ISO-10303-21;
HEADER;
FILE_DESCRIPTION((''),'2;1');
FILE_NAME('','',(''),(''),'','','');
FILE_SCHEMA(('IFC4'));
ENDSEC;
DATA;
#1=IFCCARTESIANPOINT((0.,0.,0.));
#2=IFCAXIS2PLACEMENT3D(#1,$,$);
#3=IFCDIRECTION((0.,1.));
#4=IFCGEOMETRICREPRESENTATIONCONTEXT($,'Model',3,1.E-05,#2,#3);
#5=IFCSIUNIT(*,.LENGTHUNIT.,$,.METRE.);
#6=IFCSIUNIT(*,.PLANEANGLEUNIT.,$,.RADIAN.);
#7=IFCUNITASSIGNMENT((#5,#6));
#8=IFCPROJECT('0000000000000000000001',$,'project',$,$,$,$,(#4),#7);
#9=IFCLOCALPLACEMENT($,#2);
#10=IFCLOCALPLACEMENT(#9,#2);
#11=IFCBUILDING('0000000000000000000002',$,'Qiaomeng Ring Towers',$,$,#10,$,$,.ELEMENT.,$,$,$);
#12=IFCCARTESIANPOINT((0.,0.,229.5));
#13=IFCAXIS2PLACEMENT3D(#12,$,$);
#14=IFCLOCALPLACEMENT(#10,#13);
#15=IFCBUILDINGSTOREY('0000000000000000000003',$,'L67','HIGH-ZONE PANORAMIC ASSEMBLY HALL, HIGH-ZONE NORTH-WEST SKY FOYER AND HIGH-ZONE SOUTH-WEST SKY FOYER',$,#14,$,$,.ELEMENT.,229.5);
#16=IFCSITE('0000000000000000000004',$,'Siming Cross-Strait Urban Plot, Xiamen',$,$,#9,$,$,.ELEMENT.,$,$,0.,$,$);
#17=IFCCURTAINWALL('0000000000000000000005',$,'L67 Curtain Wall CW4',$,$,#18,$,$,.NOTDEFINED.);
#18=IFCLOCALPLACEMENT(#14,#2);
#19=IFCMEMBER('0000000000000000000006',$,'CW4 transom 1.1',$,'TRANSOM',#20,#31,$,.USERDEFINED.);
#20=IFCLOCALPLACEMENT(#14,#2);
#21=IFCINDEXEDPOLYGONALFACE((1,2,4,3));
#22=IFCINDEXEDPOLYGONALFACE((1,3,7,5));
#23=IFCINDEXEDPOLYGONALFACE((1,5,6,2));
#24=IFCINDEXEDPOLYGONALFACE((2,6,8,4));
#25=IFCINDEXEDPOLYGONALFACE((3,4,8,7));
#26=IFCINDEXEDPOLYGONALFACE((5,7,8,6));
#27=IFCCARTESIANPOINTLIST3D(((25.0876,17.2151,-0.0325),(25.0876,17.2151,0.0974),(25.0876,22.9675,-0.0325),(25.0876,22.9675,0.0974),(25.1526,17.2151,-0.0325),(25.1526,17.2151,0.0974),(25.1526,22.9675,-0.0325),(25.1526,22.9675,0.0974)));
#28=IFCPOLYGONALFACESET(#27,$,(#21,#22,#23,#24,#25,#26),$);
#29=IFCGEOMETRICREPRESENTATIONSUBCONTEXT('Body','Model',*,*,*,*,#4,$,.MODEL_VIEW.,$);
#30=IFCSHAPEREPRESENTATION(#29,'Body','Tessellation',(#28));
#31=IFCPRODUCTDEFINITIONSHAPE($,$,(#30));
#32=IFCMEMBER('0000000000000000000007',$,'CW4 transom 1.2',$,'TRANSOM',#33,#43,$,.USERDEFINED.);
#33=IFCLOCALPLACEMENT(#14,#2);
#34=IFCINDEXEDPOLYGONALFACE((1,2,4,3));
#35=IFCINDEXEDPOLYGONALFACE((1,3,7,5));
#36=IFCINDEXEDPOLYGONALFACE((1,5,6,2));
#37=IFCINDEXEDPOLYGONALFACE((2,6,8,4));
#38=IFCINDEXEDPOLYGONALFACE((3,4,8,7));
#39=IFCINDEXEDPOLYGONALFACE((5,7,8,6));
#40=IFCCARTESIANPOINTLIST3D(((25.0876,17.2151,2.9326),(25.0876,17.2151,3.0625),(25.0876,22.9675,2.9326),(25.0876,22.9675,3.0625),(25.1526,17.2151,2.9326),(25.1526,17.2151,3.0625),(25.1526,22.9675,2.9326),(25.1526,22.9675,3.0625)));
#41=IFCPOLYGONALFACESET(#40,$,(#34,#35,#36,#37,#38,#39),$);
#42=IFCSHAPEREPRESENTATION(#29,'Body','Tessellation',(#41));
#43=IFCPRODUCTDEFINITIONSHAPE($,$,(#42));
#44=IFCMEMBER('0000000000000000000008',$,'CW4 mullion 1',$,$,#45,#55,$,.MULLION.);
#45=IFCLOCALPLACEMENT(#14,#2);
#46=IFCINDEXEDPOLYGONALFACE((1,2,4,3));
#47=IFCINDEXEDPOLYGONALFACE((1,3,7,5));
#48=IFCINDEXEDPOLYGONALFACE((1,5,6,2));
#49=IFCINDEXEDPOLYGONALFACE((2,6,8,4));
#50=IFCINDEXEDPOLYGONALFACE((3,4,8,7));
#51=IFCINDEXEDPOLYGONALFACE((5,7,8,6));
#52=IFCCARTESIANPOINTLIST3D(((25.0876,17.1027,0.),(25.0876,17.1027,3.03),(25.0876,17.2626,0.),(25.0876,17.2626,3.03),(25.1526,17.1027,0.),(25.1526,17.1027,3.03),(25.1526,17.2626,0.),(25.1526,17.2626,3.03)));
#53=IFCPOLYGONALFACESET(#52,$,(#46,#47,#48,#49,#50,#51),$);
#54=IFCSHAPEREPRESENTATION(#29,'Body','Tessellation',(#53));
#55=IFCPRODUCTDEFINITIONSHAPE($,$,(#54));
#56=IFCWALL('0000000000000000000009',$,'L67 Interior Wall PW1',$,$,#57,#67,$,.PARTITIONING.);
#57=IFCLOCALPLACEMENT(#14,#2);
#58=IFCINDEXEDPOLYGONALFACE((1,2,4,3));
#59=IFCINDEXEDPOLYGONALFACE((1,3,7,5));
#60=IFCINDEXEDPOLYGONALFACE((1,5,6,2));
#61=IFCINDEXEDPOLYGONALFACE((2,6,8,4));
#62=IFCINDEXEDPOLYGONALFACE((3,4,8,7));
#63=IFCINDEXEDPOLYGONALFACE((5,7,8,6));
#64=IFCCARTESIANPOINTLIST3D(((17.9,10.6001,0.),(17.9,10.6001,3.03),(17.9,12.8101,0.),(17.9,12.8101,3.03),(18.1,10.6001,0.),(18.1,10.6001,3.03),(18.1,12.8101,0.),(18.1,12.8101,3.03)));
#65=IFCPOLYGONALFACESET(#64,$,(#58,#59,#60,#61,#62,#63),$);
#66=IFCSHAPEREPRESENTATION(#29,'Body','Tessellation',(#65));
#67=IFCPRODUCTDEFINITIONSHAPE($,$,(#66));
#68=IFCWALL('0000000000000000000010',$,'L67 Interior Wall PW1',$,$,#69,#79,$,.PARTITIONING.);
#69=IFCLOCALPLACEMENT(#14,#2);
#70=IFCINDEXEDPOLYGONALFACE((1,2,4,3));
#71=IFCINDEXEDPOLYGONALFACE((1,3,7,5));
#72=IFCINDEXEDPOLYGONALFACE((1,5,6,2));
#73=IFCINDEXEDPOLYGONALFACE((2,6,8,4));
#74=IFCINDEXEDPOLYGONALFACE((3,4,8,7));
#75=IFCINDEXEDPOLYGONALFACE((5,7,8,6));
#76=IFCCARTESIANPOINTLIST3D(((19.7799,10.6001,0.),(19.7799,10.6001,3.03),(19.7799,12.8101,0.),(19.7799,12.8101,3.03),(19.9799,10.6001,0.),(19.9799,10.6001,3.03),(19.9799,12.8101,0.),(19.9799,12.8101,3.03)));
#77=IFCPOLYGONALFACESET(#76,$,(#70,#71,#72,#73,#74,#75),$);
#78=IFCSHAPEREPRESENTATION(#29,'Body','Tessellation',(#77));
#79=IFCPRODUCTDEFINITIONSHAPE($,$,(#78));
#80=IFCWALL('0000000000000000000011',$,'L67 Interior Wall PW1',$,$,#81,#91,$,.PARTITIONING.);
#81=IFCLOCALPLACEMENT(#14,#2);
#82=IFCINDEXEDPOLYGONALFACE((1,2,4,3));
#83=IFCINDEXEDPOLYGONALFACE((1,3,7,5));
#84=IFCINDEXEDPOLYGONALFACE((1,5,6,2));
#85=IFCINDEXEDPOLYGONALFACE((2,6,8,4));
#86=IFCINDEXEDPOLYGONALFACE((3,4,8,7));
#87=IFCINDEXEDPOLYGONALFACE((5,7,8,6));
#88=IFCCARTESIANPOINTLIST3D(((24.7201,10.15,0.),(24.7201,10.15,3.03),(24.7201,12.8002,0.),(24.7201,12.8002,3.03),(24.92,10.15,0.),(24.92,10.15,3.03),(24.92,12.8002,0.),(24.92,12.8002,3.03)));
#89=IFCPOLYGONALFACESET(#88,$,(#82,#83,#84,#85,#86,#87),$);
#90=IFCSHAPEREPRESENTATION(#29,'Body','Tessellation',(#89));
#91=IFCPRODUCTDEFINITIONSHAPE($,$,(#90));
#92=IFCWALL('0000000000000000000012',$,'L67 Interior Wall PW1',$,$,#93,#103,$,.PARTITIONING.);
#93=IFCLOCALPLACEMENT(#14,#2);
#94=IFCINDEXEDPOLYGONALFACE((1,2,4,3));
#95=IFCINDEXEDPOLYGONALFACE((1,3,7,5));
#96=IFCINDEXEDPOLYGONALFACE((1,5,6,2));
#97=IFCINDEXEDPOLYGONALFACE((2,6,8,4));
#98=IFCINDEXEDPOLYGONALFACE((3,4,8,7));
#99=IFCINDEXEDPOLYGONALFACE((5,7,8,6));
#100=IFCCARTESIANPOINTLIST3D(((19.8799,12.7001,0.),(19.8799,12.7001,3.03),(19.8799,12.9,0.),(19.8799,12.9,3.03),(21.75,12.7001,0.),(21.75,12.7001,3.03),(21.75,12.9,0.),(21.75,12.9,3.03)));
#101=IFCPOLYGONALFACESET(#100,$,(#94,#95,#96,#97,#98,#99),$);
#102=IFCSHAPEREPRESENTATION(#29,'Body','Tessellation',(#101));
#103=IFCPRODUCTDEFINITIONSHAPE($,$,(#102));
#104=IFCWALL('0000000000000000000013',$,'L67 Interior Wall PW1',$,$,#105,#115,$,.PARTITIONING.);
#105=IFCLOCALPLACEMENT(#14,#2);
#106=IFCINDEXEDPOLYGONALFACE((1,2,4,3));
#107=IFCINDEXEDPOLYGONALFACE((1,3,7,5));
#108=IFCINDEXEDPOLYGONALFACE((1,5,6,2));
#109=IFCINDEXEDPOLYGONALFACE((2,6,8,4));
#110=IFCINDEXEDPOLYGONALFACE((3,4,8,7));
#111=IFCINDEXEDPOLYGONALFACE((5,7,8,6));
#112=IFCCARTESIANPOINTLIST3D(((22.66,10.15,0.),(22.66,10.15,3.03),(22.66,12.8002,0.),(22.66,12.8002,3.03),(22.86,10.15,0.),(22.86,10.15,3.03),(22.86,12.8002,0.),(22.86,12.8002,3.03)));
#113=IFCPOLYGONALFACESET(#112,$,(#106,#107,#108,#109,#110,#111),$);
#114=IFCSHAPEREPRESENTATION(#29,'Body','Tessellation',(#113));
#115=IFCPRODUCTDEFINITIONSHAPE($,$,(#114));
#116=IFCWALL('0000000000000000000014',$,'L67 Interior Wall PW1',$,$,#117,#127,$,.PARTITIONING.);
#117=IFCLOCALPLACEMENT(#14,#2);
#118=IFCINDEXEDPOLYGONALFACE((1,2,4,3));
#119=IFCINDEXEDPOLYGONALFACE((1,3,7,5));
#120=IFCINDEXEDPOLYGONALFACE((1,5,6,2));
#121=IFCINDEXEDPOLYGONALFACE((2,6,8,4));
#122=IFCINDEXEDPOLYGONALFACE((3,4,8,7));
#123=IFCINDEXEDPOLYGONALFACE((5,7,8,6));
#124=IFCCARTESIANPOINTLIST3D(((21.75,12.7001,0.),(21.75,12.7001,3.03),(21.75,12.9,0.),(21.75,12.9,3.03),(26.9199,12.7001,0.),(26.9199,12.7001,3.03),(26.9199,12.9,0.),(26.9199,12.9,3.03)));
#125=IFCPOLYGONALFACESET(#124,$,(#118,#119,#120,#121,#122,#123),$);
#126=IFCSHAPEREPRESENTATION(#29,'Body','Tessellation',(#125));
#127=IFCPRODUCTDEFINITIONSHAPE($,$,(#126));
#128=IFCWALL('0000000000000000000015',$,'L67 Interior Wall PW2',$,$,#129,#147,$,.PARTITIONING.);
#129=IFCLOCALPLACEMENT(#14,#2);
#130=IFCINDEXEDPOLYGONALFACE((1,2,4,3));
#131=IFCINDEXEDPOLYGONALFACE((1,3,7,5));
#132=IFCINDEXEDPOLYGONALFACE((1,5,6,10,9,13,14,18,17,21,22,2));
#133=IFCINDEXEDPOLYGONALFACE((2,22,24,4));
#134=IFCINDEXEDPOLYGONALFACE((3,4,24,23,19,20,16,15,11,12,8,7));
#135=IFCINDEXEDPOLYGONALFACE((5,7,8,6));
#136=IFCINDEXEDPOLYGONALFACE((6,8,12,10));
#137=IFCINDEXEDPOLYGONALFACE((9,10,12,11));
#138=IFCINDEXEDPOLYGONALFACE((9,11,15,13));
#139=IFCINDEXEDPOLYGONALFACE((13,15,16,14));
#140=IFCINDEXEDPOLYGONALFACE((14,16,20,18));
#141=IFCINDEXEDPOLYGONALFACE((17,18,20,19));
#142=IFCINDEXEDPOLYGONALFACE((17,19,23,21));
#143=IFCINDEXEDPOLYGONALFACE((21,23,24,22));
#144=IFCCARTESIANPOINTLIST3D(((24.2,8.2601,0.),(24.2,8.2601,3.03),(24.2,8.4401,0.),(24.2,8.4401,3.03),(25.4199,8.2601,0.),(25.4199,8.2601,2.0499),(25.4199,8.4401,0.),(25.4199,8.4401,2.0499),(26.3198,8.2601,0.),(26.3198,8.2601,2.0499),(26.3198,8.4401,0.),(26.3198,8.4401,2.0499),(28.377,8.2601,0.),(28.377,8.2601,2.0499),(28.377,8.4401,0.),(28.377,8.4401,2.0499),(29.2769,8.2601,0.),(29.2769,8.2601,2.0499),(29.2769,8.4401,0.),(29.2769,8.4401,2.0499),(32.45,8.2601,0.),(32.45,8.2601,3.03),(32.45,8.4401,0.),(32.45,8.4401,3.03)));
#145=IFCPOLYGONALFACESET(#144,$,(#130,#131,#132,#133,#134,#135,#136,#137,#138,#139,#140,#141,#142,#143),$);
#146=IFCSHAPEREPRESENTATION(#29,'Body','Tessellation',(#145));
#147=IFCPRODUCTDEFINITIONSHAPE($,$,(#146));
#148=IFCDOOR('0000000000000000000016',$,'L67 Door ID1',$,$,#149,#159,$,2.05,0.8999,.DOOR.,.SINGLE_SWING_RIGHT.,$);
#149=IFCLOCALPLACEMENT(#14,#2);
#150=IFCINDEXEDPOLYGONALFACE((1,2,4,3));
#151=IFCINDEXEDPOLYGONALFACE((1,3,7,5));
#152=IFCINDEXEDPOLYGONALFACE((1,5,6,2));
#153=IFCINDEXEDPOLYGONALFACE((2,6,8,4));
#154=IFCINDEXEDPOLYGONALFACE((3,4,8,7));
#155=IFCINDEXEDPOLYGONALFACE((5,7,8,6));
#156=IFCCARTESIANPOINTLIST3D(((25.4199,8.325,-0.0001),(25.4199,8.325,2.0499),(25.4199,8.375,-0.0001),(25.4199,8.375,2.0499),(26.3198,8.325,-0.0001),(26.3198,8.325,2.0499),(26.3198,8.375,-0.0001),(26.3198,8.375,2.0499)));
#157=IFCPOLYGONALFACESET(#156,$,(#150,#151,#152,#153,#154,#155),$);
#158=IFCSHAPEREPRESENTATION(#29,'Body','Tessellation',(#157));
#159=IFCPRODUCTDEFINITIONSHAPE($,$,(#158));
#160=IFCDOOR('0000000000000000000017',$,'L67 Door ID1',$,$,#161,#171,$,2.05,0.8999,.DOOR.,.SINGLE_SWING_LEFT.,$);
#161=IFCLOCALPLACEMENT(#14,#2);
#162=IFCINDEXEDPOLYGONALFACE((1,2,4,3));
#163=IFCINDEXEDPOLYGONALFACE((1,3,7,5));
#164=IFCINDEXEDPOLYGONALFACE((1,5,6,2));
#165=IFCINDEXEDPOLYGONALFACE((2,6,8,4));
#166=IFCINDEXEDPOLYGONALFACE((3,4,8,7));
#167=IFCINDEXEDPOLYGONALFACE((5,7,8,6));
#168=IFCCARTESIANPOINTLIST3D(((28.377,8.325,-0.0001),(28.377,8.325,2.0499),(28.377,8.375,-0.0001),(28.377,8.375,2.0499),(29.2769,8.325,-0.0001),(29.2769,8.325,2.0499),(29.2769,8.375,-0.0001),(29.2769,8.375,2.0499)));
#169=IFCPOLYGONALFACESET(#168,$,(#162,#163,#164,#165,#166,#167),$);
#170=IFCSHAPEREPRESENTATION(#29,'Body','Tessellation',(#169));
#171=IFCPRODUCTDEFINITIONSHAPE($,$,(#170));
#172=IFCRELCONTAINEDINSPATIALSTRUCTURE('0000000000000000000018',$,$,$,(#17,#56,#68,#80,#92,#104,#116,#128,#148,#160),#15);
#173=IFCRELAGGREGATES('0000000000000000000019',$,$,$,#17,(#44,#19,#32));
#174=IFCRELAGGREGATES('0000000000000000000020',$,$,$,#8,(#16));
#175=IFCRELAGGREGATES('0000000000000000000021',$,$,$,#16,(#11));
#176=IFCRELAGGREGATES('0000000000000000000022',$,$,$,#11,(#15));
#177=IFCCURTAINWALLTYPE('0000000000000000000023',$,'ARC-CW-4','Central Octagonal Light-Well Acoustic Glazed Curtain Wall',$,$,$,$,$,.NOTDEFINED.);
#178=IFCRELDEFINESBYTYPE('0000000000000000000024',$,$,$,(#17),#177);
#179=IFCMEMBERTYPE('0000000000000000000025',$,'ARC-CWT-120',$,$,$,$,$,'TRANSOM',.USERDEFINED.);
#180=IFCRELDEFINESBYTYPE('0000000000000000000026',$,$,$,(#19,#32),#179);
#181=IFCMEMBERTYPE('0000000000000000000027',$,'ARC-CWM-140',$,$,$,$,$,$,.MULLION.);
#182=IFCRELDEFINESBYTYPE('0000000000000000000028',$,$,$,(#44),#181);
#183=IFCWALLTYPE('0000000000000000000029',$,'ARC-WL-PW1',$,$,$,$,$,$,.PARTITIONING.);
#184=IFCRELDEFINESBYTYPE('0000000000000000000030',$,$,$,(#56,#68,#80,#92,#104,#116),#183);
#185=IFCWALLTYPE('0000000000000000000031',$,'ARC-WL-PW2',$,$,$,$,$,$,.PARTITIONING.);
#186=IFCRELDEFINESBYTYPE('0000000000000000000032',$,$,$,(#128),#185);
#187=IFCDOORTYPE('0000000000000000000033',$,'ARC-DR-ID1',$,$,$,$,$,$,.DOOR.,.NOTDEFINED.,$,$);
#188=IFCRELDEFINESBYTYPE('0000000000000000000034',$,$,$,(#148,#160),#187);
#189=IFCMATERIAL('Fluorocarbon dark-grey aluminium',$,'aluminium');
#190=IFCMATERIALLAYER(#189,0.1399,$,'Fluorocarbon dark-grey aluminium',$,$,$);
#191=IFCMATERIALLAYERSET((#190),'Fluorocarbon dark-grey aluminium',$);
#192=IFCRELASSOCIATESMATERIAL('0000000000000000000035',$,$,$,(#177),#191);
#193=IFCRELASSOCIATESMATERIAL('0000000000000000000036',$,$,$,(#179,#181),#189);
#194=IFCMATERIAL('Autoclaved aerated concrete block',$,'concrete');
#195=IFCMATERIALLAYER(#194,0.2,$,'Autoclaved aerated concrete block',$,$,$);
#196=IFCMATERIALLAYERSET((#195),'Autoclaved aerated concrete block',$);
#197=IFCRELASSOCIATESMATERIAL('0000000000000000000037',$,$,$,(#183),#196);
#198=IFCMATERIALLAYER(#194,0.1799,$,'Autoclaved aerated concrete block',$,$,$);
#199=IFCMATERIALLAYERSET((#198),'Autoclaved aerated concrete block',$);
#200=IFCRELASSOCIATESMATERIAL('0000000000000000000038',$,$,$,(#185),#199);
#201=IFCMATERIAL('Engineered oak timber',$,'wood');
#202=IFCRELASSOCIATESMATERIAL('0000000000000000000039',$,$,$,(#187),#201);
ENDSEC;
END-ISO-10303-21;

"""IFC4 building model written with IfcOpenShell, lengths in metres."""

from ifc_helpers import new_model, si_unit, direction, frame, frame_2d, origin, origin_2d, place, context, subcontext, project, spatial, rectangle, extrude, source, transform, mapped, material, layer, layer_set, material_profile, profile_set, type_object, element, fill, aggregate, save


model = new_model("IFC4")

# Units and contexts
model_context = context("Model", 3, precision=1e-05, world=origin(), true_north=direction((0.0, 1.0)))
body_context = subcontext(model_context, "Body", "Model", "MODEL_VIEW")
ifc_project = project(units=[si_unit("LENGTHUNIT", "METRE"), si_unit("PLANEANGLEUNIT", "RADIAN")], contexts=[model_context])

# Site, building, storey
site_placement = place(None, origin())
site = spatial("IfcSite", under=ifc_project, at=site_placement, Name="Siming Cross-Strait Urban Plot, Xiamen", CompositionType="ELEMENT", RefElevation=0.0)
building_placement = place(site_placement, origin())
building = spatial("IfcBuilding", under=site, at=building_placement, Name="Qiaomeng Ring Towers", CompositionType="ELEMENT")
storey_placement = place(building_placement, frame((0.0, 0.0, 229.5)))
storey = spatial("IfcBuildingStorey", under=building, at=storey_placement, Name="L67", Description="HIGH-ZONE PANORAMIC ASSEMBLY HALL, HIGH-ZONE NORTH-WEST SKY FOYER AND HIGH-ZONE SOUTH-WEST SKY FOYER", CompositionType="ELEMENT", Elevation=229.5)

# Curtain wall, members
ifc_material_1 = material(Name="Fluorocarbon dark-grey aluminium", Category="aluminium")
ifc_layer_1 = layer(ifc_material_1, 0.1399, Name="Fluorocarbon dark-grey aluminium")
ifc_layer_set_1 = layer_set([ifc_layer_1], Name="Fluorocarbon dark-grey aluminium")
curtain_wall_type = type_object("IfcCurtainWallType", Name="ARC-CW-4", Description="Central Octagonal Light-Well Acoustic Glazed Curtain Wall", PredefinedType="NOTDEFINED", material=ifc_layer_set_1)
curtain_wall_placement = place(storey_placement, origin())
curtain_wall = element("IfcCurtainWall", 1, at=curtain_wall_placement, inside=storey, type_object=curtain_wall_type, Name="L67 Curtain Wall CW4", PredefinedType="NOTDEFINED")
ifc_material_profile_1 = material_profile(ifc_material_1, rectangle(XDim=0.0649, YDim=0.1299, at=origin_2d()), Name="ALU TRAN 65x130")
ifc_profile_set_1 = profile_set([ifc_material_profile_1], Name="Fluorocarbon dark-grey aluminium")
member_type_1 = type_object("IfcMemberType", Name="ARC-CWT-120", ElementType="TRANSOM", PredefinedType="USERDEFINED", material=ifc_profile_set_1)
shared_shape_1 = source(origin(), body_context, "Body", "SweptSolid", [
    extrude(rectangle(XDim=0.0649, YDim=0.1299, at=origin_2d()), origin(), (0.0, 0.0, 1.0), 5.7524),
])
member_1_placement = place(storey_placement, frame((25.1201, 17.2151, 0.0325), z_axis=(0.0, 1.0, 0.0), x_axis=(-1.0, 0.0, 0.0)))
member_1 = element("IfcMember", 2, at=member_1_placement, type_object=member_type_1, Name="CW4 transom 1.1", ObjectType="TRANSOM", PredefinedType="USERDEFINED", context=body_context, shape_type="MappedRepresentation", body=[
    mapped(shared_shape_1, transform((0.0, 0.0, 0.0), x_axis=(1.0, 0.0, 0.0), y_axis=(0.0, 1.0, 0.0), z_axis=(0.0, 0.0, 1.0), scale=1.0)),
])
member_2_placement = place(storey_placement, frame((25.1201, 17.2151, 2.9976), z_axis=(0.0, 1.0, 0.0), x_axis=(-1.0, 0.0, 0.0)))
member_2 = element("IfcMember", 3, at=member_2_placement, type_object=member_type_1, Name="CW4 transom 1.2", ObjectType="TRANSOM", PredefinedType="USERDEFINED", context=body_context, shape_type="MappedRepresentation", body=[
    mapped(shared_shape_1, transform((0.0, 0.0, 0.0), x_axis=(1.0, 0.0, 0.0), y_axis=(0.0, 1.0, 0.0), z_axis=(0.0, 0.0, 1.0), scale=1.0)),
])
ifc_material_profile_2 = material_profile(ifc_material_1, rectangle(XDim=0.0649, YDim=0.1599, at=origin_2d()), Name="ALU MULL 65x160")
ifc_profile_set_2 = profile_set([ifc_material_profile_2], Name="Fluorocarbon dark-grey aluminium")
member_type_2 = type_object("IfcMemberType", Name="ARC-CWM-140", PredefinedType="MULLION", material=ifc_profile_set_2)
shared_shape_2 = source(origin(), body_context, "Body", "SweptSolid", [
    extrude(rectangle(XDim=0.0649, YDim=0.1599, at=origin_2d()), origin(), (0.0, 0.0, 1.0), 3.03),
])
member_3_placement = place(storey_placement, frame((25.1201, 17.1826, 0.0), z_axis=(0.0, 0.0, 1.0), x_axis=(-1.0, 0.0, 0.0)))
member_3 = element("IfcMember", 4, at=member_3_placement, type_object=member_type_2, Name="CW4 mullion 1", PredefinedType="MULLION", context=body_context, shape_type="MappedRepresentation", body=[
    mapped(shared_shape_2, transform((0.0, 0.0, 0.0), x_axis=(1.0, 0.0, 0.0), y_axis=(0.0, 1.0, 0.0), z_axis=(0.0, 0.0, 1.0), scale=1.0)),
])
aggregate(curtain_wall, [member_3, member_1, member_2])

# Walls
ifc_material_2 = material(Name="Autoclaved aerated concrete block", Category="concrete")
ifc_layer_2 = layer(ifc_material_2, 0.2, Name="Autoclaved aerated concrete block")
ifc_layer_set_2 = layer_set([ifc_layer_2], Name="Autoclaved aerated concrete block")
wall_type_1 = type_object("IfcWallType", Name="ARC-WL-PW1", PredefinedType="PARTITIONING", material=ifc_layer_set_2)
for number, where, z_axis, x_axis, name in (
    (5, (18.0, 10.6001, 0.0), (0.0, 0.0, 1.0), (0.0, 1.0, 0.0), "L67 Interior Wall PW1"),
    (6, (19.8799, 10.6001, 0.0), (0.0, 0.0, 1.0), (0.0, 1.0, 0.0), "L67 Interior Wall PW1"),
):
    element("IfcWall", number, at=place(storey_placement, frame(where, z_axis=z_axis, x_axis=x_axis)), inside=storey, type_object=wall_type_1, Name=name, PredefinedType="PARTITIONING", context=body_context, shape_type="SweptSolid", body=[
        extrude(rectangle(XDim=2.21, YDim=0.2, at=frame_2d((1.105, 0.0))), origin(), (0.0, 0.0, 1.0), 3.03),
    ])
wall_1_placement = place(storey_placement, frame((24.8201, 10.1499, 0.0), z_axis=(0.0, 0.0, 1.0), x_axis=(0.0, 1.0, 0.0)))
element("IfcWall", 7, at=wall_1_placement, inside=storey, type_object=wall_type_1, Name="L67 Interior Wall PW1", PredefinedType="PARTITIONING", context=body_context, shape_type="SweptSolid", body=[
    extrude(rectangle(XDim=2.6501, YDim=0.2, at=frame_2d((1.3252, 0.0))), origin(), (0.0, 0.0, 1.0), 3.03),
])
wall_2_placement = place(storey_placement, frame((19.8799, 12.8, 0.0), z_axis=(0.0, 0.0, 1.0), x_axis=(1.0, 0.0, 0.0)))
element("IfcWall", 8, at=wall_2_placement, inside=storey, type_object=wall_type_1, Name="L67 Interior Wall PW1", PredefinedType="PARTITIONING", context=body_context, shape_type="SweptSolid", body=[
    extrude(rectangle(XDim=1.8701, YDim=0.2, at=frame_2d((0.9351, 0.0))), origin(), (0.0, 0.0, 1.0), 3.03),
])
wall_3_placement = place(storey_placement, frame((22.76, 10.1499, 0.0), z_axis=(0.0, 0.0, 1.0), x_axis=(0.0, 1.0, 0.0)))
element("IfcWall", 9, at=wall_3_placement, inside=storey, type_object=wall_type_1, Name="L67 Interior Wall PW1", PredefinedType="PARTITIONING", context=body_context, shape_type="SweptSolid", body=[
    extrude(rectangle(XDim=2.6501, YDim=0.2, at=frame_2d((1.3252, 0.0))), origin(), (0.0, 0.0, 1.0), 3.03),
])
wall_4_placement = place(storey_placement, frame((21.75, 12.8, 0.0), z_axis=(0.0, 0.0, 1.0), x_axis=(1.0, 0.0, 0.0)))
element("IfcWall", 10, at=wall_4_placement, inside=storey, type_object=wall_type_1, Name="L67 Interior Wall PW1", PredefinedType="PARTITIONING", context=body_context, shape_type="SweptSolid", body=[
    extrude(rectangle(XDim=5.1699, YDim=0.2, at=frame_2d((2.585, 0.0))), origin(), (0.0, 0.0, 1.0), 3.03),
])

# Wall, openings, doors
ifc_layer_3 = layer(ifc_material_2, 0.1799, Name="Autoclaved aerated concrete block")
ifc_layer_set_3 = layer_set([ifc_layer_3], Name="Autoclaved aerated concrete block")
wall_type_2 = type_object("IfcWallType", Name="ARC-WL-PW2", PredefinedType="PARTITIONING", material=ifc_layer_set_3)
wall_5_placement = place(storey_placement, frame((24.2, 8.3501, 0.0), z_axis=(0.0, 0.0, 1.0), x_axis=(1.0, 0.0, 0.0)))
wall_5 = element("IfcWall", 11, at=wall_5_placement, inside=storey, type_object=wall_type_2, Name="L67 Interior Wall PW2", PredefinedType="PARTITIONING", context=body_context, shape_type="SweptSolid", body=[
    extrude(rectangle(XDim=8.25, YDim=0.1799, at=frame_2d((4.125, 0.0))), origin(), (0.0, 0.0, 1.0), 3.03),
])
opening_1_placement = place(wall_5_placement, frame((1.22, 0.0, 0.0)))
opening_1 = element("IfcOpeningElement", 12, at=opening_1_placement, cuts=wall_5, PredefinedType="OPENING", context=body_context, shape_type="SweptSolid", body=[
    extrude(rectangle(XDim=0.8999, YDim=2.05, at=frame_2d((0.45, 1.0249))), frame((0.0, 0.0999, 0.0), z_axis=(0.0, -1.0, 0.0), x_axis=(1.0, 0.0, 0.0)), (0.0, 0.0, 1.0), 0.2),
])
opening_2_placement = place(wall_5_placement, frame((4.177, 0.0, 0.0)))
opening_2 = element("IfcOpeningElement", 13, at=opening_2_placement, cuts=wall_5, PredefinedType="OPENING", context=body_context, shape_type="SweptSolid", body=[
    extrude(rectangle(XDim=0.8999, YDim=2.05, at=frame_2d((0.45, 1.0249))), frame((0.0, 0.0999, 0.0), z_axis=(0.0, -1.0, 0.0), x_axis=(1.0, 0.0, 0.0)), (0.0, 0.0, 1.0), 0.2),
])
ifc_material_3 = material(Name="Engineered oak timber", Category="wood")
door_type_1 = type_object("IfcDoorType", Name="ARC-DR-ID1", OperationType="NOTDEFINED", PredefinedType="DOOR", material=ifc_material_3)
shared_shape_3 = source(origin(), body_context, "Body", "SweptSolid", [
    extrude(rectangle(XDim=0.8999, YDim=2.05, at=frame_2d((0.45, 1.0249))), frame((0.0, 0.0249, 0.0), z_axis=(0.0, -1.0, 0.0), x_axis=(1.0, 0.0, 0.0)), (0.0, 0.0, 1.0), 0.05),
])
door_1_placement = place(opening_1_placement, origin())
door_1 = element("IfcDoor", 14, at=door_1_placement, inside=storey, type_object=door_type_1, Name="L67 Door ID1", OperationType="SINGLE_SWING_RIGHT", OverallHeight=2.05, OverallWidth=0.8999, PredefinedType="DOOR", context=body_context, shape_type="MappedRepresentation", body=[
    mapped(shared_shape_3, transform((0.0, 0.0, 0.0), x_axis=(1.0, 0.0, 0.0), y_axis=(0.0, 1.0, 0.0), z_axis=(0.0, 0.0, 1.0), scale=1.0)),
])
fill(opening_1, door_1)
door_2_placement = place(opening_2_placement, origin())
door_2 = element("IfcDoor", 15, at=door_2_placement, inside=storey, type_object=door_type_1, Name="L67 Door ID1", OperationType="SINGLE_SWING_LEFT", OverallHeight=2.05, OverallWidth=0.8999, PredefinedType="DOOR", context=body_context, shape_type="MappedRepresentation", body=[
    mapped(shared_shape_3, transform((0.0, 0.0, 0.0), x_axis=(1.0, 0.0, 0.0), y_axis=(0.0, 1.0, 0.0), z_axis=(0.0, 0.0, 1.0), scale=1.0)),
])
fill(opening_2, door_2)

save(model, "model.ifc")
